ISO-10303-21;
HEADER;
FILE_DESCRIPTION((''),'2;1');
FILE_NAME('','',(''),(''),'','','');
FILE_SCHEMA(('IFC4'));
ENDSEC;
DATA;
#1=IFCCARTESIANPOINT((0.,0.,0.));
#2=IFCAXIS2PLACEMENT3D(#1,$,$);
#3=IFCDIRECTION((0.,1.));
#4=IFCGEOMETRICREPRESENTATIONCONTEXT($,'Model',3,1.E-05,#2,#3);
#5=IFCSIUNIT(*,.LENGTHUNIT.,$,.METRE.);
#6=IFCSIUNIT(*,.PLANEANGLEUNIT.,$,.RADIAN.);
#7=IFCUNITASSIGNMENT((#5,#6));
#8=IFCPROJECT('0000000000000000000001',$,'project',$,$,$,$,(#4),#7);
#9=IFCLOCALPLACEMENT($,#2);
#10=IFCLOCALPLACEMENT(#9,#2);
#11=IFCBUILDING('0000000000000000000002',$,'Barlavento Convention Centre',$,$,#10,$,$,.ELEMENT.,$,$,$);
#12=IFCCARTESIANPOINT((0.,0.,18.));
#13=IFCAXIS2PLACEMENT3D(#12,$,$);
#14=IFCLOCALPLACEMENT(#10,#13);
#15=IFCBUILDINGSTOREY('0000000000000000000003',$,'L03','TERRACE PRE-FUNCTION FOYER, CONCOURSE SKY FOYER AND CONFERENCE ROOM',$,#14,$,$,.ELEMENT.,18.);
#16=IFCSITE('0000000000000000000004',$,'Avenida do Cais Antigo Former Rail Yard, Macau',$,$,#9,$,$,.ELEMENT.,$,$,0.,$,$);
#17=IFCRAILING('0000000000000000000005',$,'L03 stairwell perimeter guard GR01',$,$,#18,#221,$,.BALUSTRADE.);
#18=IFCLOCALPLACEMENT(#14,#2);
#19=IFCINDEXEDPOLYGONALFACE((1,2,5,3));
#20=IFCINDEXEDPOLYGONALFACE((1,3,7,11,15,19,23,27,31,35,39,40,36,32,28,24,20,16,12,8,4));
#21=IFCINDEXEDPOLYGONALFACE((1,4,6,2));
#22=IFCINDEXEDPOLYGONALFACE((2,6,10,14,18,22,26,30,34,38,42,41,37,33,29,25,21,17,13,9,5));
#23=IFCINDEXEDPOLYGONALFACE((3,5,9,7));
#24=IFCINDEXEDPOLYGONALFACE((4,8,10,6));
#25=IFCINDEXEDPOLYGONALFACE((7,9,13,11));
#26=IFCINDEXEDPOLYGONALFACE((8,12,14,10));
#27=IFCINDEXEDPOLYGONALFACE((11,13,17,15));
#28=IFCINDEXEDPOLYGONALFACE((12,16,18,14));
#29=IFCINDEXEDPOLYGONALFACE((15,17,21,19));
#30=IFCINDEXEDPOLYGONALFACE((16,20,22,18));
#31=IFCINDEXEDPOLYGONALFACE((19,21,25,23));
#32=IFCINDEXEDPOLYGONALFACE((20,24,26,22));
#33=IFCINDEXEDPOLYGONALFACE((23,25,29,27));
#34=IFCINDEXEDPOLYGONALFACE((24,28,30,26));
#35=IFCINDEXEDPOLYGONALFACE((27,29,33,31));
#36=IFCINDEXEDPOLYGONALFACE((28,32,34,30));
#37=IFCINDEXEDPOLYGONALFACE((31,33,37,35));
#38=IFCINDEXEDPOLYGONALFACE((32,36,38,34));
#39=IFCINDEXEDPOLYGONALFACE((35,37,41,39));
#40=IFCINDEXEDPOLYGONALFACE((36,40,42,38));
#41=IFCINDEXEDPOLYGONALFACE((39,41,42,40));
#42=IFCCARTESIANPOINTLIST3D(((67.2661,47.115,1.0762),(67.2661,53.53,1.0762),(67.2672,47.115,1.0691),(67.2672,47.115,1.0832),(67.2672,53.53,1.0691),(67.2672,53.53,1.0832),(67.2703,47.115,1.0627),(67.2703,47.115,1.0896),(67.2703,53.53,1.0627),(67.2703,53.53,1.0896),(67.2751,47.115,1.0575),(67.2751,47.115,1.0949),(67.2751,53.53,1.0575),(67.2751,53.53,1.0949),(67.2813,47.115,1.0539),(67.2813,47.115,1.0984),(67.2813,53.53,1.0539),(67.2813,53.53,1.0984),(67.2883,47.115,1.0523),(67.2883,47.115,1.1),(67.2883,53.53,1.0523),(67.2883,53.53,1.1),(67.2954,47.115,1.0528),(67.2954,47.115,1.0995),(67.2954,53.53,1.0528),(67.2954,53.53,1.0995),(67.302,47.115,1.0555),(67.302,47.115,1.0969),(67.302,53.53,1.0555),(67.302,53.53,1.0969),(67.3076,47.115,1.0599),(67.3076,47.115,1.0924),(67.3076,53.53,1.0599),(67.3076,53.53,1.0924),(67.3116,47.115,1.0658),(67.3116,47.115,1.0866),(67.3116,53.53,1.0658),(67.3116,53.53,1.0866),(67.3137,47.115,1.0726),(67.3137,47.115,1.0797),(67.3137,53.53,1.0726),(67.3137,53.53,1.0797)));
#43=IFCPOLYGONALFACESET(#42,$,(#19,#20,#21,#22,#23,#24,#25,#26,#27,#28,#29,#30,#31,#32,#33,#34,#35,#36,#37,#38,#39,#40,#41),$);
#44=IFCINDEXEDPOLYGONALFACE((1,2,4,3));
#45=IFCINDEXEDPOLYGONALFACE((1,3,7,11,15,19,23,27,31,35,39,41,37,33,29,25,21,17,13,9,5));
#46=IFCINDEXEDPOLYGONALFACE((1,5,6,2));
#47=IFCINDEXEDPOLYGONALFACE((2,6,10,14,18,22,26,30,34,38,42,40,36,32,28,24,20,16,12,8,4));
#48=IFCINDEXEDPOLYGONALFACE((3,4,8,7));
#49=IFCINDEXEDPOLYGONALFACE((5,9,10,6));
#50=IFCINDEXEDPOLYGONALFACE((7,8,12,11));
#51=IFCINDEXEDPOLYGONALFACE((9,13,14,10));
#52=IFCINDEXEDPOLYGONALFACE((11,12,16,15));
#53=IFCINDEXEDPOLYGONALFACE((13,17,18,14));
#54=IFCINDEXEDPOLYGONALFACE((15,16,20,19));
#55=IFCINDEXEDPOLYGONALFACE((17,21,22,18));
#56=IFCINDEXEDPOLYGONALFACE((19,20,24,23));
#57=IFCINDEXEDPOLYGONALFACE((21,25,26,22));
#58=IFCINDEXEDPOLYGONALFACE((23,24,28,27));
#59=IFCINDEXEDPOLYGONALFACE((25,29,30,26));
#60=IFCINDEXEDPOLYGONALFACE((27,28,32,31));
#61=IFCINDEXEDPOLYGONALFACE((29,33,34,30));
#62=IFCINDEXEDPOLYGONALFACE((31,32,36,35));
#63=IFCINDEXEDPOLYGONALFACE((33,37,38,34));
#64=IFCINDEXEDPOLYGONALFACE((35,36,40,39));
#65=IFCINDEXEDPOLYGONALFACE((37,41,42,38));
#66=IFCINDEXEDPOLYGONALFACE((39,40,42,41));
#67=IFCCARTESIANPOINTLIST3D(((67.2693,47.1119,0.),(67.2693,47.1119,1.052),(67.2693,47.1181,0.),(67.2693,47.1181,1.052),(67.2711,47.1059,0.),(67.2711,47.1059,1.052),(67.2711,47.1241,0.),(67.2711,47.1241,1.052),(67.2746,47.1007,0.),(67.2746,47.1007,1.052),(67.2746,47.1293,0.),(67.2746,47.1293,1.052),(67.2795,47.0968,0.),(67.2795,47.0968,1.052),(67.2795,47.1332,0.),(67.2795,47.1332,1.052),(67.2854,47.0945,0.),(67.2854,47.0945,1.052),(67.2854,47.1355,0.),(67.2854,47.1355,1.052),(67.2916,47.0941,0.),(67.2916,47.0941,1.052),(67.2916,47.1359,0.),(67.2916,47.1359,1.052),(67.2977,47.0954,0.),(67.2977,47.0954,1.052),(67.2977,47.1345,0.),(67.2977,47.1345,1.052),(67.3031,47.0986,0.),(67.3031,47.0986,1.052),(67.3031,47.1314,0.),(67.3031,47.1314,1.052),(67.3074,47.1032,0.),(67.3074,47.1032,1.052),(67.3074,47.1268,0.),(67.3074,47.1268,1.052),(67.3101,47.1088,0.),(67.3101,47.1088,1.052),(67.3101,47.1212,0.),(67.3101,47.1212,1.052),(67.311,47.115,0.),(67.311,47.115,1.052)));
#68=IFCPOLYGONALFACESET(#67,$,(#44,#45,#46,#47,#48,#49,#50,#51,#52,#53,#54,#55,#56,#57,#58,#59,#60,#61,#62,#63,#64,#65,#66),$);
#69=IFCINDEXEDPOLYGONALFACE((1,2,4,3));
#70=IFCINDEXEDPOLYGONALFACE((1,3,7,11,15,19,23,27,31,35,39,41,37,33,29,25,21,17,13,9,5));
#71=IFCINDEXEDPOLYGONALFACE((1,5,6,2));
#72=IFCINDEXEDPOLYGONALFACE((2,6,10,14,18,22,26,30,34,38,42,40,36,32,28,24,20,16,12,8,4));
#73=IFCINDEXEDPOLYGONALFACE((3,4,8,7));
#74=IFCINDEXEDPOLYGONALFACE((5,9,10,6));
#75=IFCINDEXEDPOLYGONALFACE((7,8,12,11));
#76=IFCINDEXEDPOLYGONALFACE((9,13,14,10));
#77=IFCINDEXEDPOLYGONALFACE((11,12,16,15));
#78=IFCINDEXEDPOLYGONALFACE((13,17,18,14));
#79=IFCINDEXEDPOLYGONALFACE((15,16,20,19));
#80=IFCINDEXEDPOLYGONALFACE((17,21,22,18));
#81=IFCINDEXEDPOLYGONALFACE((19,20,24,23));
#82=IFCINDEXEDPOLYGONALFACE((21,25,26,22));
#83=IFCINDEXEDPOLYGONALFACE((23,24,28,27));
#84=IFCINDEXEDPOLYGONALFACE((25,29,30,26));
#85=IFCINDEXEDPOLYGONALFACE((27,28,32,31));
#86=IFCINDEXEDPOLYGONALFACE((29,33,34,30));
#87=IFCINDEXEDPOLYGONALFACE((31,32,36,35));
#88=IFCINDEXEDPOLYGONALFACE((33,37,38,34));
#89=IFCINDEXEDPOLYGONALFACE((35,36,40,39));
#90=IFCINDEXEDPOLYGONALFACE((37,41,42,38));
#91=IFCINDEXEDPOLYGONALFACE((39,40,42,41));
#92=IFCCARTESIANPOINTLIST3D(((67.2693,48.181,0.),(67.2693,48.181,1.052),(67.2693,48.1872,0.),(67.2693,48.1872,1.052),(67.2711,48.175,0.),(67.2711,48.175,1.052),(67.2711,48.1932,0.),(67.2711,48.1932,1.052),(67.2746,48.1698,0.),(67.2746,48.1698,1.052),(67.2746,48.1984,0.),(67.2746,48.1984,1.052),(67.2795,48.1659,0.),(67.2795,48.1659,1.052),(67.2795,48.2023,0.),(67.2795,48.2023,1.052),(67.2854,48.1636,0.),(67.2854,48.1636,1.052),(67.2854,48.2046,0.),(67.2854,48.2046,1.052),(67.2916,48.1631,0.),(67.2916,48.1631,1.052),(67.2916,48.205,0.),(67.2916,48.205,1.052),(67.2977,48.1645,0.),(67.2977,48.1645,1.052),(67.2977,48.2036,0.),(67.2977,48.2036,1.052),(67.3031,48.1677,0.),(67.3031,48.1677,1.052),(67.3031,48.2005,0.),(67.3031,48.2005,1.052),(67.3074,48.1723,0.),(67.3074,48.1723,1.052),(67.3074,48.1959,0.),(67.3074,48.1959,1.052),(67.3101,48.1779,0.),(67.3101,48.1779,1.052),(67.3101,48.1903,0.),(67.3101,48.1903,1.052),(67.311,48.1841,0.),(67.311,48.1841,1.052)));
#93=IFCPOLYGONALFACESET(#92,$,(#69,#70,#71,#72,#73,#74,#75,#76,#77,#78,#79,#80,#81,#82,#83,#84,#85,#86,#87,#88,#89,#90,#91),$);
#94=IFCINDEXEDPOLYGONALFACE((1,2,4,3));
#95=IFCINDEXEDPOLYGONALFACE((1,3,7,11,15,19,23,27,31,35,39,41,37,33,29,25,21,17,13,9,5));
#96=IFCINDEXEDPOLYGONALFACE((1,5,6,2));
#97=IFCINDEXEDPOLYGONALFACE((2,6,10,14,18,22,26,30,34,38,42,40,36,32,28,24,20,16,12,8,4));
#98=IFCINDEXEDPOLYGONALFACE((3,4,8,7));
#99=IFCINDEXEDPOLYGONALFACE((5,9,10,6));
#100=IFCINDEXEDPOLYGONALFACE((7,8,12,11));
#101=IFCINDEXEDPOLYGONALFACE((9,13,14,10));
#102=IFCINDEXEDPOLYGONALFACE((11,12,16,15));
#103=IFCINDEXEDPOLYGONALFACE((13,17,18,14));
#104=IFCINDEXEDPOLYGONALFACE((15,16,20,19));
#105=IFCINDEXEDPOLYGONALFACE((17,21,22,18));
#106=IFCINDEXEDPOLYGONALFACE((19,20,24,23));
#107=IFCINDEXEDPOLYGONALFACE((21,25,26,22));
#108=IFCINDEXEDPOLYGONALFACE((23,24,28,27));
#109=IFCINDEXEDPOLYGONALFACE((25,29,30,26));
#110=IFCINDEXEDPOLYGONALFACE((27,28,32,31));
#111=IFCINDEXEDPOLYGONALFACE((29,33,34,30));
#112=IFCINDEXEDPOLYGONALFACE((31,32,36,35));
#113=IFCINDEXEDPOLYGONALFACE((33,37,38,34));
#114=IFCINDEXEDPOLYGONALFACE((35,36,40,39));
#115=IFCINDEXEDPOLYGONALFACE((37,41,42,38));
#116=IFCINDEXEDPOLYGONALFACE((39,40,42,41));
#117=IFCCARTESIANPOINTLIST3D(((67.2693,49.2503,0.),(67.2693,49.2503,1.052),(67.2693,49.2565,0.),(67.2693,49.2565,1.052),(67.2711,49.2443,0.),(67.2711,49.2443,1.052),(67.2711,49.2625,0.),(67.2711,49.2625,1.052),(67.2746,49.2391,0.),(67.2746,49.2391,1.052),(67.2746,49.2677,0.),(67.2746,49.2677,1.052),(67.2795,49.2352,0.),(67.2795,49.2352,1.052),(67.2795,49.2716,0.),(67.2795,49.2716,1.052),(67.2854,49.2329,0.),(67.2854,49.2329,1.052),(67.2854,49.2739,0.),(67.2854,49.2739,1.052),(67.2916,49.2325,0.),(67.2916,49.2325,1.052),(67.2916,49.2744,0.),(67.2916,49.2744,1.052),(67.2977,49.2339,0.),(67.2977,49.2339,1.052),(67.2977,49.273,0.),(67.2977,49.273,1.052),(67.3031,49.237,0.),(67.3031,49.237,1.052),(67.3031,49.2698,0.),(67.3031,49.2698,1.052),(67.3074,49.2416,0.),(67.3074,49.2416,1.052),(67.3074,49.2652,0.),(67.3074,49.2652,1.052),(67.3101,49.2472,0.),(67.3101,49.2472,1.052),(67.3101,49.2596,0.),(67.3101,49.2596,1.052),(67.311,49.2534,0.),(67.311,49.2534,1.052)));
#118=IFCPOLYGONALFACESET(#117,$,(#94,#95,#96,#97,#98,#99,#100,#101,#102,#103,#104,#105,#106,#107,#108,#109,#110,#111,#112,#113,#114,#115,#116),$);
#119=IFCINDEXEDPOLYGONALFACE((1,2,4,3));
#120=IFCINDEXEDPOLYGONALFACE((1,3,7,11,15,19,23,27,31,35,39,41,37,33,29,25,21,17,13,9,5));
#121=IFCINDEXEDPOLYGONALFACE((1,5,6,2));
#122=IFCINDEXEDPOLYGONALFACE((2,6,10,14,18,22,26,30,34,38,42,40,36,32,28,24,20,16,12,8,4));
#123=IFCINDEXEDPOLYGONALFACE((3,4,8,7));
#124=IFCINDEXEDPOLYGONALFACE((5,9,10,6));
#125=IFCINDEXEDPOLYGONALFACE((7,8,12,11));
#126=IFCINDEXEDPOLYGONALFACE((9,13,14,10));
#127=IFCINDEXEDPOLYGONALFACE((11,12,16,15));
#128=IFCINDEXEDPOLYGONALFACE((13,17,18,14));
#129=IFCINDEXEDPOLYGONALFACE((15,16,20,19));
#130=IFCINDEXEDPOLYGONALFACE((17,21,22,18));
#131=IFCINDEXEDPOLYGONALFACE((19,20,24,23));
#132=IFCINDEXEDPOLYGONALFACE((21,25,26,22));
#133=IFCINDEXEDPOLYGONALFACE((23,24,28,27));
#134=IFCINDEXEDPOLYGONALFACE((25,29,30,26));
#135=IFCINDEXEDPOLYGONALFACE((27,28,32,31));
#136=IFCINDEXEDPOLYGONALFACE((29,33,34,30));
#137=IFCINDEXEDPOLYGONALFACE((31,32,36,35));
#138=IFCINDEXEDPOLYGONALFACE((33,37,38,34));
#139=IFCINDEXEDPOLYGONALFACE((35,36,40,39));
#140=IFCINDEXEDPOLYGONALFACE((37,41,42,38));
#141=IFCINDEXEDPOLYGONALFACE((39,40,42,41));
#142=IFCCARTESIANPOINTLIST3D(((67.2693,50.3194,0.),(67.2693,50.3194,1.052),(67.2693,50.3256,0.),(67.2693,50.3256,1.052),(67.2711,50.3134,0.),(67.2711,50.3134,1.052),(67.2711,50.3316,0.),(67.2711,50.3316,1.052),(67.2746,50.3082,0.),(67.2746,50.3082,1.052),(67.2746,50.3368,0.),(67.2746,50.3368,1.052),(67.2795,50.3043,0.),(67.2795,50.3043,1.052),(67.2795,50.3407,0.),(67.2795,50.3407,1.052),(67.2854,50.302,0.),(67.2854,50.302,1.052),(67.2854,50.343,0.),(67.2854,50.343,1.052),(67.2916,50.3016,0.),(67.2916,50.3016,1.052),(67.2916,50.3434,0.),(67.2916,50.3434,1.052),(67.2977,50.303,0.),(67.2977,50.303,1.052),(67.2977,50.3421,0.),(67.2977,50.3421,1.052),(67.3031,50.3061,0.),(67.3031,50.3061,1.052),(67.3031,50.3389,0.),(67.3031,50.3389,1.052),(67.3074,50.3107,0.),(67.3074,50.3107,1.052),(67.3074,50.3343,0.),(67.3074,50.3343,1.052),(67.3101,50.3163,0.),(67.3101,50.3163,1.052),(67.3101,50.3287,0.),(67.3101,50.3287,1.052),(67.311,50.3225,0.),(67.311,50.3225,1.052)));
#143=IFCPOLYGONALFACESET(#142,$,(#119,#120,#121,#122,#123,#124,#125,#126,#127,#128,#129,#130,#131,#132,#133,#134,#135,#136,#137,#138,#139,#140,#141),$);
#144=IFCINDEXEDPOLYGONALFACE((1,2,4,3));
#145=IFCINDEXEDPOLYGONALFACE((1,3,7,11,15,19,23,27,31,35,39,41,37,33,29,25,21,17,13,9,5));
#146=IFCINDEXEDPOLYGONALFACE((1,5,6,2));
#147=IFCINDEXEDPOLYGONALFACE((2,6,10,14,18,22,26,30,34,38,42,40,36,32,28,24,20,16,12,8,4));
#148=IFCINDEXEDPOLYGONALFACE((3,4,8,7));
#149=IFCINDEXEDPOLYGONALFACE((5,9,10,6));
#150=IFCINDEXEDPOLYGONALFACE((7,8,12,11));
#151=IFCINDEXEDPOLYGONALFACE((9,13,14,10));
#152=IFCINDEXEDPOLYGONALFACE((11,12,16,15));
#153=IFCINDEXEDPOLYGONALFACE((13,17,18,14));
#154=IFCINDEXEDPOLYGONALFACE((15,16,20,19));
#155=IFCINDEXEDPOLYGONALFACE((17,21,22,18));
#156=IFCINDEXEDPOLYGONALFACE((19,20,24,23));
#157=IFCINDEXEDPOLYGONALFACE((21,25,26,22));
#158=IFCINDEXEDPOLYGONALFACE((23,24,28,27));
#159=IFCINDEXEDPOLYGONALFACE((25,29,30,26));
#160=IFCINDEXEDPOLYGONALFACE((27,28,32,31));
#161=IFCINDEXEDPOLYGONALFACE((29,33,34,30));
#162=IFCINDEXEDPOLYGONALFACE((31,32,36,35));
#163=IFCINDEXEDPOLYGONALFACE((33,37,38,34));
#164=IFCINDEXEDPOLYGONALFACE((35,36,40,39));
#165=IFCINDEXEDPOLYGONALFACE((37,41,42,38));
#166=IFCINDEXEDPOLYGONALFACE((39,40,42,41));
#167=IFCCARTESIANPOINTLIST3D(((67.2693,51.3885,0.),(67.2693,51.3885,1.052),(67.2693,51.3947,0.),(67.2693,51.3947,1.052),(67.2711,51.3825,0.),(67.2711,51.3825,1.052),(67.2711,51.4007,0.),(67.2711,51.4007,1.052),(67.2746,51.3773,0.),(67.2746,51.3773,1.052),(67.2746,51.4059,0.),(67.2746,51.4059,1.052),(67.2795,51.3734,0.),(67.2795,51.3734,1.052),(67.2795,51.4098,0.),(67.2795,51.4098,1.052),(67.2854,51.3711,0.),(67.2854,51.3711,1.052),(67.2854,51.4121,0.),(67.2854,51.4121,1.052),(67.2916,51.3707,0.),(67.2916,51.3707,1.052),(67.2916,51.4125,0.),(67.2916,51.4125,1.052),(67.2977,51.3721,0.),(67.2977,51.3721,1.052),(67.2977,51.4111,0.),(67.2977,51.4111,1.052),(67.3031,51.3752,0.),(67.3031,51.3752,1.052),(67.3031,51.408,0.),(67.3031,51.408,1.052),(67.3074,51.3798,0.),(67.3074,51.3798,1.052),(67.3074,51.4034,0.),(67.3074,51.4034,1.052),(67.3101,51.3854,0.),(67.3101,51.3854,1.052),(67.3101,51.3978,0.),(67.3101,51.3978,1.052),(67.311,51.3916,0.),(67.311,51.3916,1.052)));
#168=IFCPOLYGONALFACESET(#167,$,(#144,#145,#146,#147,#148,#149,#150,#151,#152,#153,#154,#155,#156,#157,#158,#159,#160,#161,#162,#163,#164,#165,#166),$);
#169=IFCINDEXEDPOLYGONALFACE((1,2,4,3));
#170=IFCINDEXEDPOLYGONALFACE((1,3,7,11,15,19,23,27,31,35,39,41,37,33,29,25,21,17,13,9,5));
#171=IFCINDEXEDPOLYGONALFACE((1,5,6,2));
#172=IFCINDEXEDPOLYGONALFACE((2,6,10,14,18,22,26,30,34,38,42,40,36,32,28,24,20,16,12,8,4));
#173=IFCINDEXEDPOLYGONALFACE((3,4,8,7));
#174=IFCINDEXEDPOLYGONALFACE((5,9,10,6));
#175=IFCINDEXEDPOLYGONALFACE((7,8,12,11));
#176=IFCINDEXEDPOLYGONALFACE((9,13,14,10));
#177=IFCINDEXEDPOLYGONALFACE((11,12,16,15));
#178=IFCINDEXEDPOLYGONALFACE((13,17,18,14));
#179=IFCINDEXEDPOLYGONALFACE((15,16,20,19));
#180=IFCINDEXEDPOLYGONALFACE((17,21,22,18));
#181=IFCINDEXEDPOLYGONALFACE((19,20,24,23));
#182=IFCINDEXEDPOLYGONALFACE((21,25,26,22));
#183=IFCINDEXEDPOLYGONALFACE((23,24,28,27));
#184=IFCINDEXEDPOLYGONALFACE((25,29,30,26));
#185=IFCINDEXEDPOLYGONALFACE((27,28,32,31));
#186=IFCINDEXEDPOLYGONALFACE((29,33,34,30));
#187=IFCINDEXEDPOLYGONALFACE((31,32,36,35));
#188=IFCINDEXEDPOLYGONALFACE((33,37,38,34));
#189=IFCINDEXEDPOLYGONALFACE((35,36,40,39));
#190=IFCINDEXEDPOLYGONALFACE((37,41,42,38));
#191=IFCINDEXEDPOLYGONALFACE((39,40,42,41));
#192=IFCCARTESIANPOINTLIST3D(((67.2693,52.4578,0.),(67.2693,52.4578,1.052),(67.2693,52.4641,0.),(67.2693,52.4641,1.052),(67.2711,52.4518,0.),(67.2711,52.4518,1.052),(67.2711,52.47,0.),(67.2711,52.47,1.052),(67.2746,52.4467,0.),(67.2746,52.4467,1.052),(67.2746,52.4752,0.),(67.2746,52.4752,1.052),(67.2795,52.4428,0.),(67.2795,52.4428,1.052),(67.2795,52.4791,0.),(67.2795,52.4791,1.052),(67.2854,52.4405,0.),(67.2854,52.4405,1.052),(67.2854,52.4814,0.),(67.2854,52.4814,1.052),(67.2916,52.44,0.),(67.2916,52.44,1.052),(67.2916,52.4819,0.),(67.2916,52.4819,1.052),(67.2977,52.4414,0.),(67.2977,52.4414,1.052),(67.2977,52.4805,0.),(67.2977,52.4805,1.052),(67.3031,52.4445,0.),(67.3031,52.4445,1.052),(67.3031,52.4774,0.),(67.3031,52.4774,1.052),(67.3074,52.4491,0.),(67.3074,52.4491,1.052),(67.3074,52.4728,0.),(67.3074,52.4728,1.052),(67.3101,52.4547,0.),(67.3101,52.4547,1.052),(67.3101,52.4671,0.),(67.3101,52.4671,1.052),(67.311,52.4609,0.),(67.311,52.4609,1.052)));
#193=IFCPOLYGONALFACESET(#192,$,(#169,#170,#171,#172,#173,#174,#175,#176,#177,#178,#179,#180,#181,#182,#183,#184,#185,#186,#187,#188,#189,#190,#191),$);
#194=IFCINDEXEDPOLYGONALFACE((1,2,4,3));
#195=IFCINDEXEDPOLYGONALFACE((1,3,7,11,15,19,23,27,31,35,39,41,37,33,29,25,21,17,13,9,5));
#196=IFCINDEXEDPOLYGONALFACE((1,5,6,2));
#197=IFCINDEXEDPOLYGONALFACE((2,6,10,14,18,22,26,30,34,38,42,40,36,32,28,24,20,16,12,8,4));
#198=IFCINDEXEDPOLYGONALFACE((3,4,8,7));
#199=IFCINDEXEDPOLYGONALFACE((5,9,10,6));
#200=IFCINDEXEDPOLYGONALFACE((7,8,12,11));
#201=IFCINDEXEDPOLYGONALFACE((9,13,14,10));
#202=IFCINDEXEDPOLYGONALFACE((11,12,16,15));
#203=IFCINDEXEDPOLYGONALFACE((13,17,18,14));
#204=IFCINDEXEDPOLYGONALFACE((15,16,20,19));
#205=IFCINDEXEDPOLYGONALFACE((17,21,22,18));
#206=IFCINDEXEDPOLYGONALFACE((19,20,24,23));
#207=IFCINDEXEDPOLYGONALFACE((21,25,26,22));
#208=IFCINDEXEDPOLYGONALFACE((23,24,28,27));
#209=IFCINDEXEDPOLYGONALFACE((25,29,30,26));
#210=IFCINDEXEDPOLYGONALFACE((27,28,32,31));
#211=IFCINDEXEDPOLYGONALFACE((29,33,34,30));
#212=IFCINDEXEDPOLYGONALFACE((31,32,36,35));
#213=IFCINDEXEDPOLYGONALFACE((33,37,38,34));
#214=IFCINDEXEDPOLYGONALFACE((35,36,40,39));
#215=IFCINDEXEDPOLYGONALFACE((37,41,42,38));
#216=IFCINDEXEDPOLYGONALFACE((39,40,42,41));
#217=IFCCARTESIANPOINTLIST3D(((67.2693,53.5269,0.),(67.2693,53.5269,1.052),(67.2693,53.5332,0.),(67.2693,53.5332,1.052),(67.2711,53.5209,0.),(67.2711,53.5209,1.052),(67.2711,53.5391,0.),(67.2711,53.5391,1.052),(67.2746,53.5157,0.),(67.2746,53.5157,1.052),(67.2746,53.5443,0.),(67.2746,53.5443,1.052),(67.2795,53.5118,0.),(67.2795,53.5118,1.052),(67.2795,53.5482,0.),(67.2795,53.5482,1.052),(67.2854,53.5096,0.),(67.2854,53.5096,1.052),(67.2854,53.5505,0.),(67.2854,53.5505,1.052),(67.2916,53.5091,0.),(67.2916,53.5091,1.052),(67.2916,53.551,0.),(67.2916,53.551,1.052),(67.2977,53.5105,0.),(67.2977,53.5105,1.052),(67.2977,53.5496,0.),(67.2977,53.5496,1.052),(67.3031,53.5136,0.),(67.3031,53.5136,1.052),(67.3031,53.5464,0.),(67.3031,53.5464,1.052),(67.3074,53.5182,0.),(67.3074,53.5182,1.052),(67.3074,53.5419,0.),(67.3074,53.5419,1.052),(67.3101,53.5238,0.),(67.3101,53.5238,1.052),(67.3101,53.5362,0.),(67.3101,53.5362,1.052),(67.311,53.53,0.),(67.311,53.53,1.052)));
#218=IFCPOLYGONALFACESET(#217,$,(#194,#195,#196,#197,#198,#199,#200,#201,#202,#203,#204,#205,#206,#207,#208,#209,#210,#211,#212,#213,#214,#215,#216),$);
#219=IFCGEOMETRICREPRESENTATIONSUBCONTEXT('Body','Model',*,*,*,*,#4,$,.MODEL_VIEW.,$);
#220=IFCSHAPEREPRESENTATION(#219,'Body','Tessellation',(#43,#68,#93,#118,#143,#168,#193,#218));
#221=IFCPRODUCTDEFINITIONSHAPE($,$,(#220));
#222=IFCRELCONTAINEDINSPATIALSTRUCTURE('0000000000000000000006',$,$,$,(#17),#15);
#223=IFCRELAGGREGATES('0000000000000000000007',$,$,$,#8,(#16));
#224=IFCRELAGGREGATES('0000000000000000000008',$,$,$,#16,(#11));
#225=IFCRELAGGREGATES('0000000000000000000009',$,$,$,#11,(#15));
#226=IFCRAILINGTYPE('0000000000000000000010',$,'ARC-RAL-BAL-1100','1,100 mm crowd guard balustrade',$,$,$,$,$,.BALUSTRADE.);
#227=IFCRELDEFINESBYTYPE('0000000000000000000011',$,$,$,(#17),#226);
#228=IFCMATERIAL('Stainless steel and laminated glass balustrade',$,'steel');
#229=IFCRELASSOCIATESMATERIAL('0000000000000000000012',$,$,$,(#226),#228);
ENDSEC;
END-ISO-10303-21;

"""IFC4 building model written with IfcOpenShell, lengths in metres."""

from ifc_helpers import new_model, si_unit, direction, frame, origin, origin_2d, place, context, subcontext, project, spatial, circle, extrude, material, type_object, element, save


model = new_model("IFC4")

# Units and contexts
model_context = context("Model", 3, precision=1e-05, world=origin(), true_north=direction((0.0, 1.0)))
body_context = subcontext(model_context, "Body", "Model", "MODEL_VIEW")
ifc_project = project(units=[si_unit("LENGTHUNIT", "METRE"), si_unit("PLANEANGLEUNIT", "RADIAN")], contexts=[model_context])

# Site, building, storey
site_placement = place(None, origin())
site = spatial("IfcSite", under=ifc_project, at=site_placement, Name="Avenida do Cais Antigo Former Rail Yard, Macau", CompositionType="ELEMENT", RefElevation=0.0)
building_placement = place(site_placement, origin())
building = spatial("IfcBuilding", under=site, at=building_placement, Name="Barlavento Convention Centre", CompositionType="ELEMENT")
storey_placement = place(building_placement, frame((0.0, 0.0, 18.0)))
storey = spatial("IfcBuildingStorey", under=building, at=storey_placement, Name="L03", Description="TERRACE PRE-FUNCTION FOYER, CONCOURSE SKY FOYER AND CONFERENCE ROOM", CompositionType="ELEMENT", Elevation=18.0)

# Railing
ifc_material_1 = material(Name="Stainless steel and laminated glass balustrade", Category="steel")
railing_type = type_object("IfcRailingType", Name="ARC-RAL-BAL-1100", Description="1,100 mm crowd guard balustrade", PredefinedType="BALUSTRADE", material=ifc_material_1)
railing_1_placement = place(storey_placement, frame((67.29, 47.115, 0.0)))
element("IfcRailing", 1, at=railing_1_placement, inside=storey, type_object=railing_type, Name="L03 stairwell perimeter guard GR01", PredefinedType="BALUSTRADE", context=body_context, shape_type="SweptSolid", body=[
    extrude(circle(Radius=0.0239, at=origin_2d()), frame((0.0, 0.0, 1.0762), z_axis=(0.0, 1.0, 0.0), x_axis=(-1.0, 0.0, 0.0)), (0.0, 0.0, 1.0), 6.415),
    extrude(circle(Radius=0.021, at=origin_2d()), origin(), (0.0, 0.0, 1.0), 1.052),
    extrude(circle(Radius=0.021, at=origin_2d()), frame((0.0, 1.0691, 0.0)), (0.0, 0.0, 1.0), 1.052),
    extrude(circle(Radius=0.021, at=origin_2d()), frame((0.0, 2.1384, 0.0)), (0.0, 0.0, 1.0), 1.052),
    extrude(circle(Radius=0.021, at=origin_2d()), frame((0.0, 3.2075, 0.0)), (0.0, 0.0, 1.0), 1.052),
    extrude(circle(Radius=0.021, at=origin_2d()), frame((0.0, 4.2766, 0.0)), (0.0, 0.0, 1.0), 1.052),
    extrude(circle(Radius=0.021, at=origin_2d()), frame((0.0, 5.3459, 0.0)), (0.0, 0.0, 1.0), 1.052),
    extrude(circle(Radius=0.021, at=origin_2d()), frame((0.0, 6.415, 0.0)), (0.0, 0.0, 1.0), 1.052),
])

save(model, "model.ifc")
